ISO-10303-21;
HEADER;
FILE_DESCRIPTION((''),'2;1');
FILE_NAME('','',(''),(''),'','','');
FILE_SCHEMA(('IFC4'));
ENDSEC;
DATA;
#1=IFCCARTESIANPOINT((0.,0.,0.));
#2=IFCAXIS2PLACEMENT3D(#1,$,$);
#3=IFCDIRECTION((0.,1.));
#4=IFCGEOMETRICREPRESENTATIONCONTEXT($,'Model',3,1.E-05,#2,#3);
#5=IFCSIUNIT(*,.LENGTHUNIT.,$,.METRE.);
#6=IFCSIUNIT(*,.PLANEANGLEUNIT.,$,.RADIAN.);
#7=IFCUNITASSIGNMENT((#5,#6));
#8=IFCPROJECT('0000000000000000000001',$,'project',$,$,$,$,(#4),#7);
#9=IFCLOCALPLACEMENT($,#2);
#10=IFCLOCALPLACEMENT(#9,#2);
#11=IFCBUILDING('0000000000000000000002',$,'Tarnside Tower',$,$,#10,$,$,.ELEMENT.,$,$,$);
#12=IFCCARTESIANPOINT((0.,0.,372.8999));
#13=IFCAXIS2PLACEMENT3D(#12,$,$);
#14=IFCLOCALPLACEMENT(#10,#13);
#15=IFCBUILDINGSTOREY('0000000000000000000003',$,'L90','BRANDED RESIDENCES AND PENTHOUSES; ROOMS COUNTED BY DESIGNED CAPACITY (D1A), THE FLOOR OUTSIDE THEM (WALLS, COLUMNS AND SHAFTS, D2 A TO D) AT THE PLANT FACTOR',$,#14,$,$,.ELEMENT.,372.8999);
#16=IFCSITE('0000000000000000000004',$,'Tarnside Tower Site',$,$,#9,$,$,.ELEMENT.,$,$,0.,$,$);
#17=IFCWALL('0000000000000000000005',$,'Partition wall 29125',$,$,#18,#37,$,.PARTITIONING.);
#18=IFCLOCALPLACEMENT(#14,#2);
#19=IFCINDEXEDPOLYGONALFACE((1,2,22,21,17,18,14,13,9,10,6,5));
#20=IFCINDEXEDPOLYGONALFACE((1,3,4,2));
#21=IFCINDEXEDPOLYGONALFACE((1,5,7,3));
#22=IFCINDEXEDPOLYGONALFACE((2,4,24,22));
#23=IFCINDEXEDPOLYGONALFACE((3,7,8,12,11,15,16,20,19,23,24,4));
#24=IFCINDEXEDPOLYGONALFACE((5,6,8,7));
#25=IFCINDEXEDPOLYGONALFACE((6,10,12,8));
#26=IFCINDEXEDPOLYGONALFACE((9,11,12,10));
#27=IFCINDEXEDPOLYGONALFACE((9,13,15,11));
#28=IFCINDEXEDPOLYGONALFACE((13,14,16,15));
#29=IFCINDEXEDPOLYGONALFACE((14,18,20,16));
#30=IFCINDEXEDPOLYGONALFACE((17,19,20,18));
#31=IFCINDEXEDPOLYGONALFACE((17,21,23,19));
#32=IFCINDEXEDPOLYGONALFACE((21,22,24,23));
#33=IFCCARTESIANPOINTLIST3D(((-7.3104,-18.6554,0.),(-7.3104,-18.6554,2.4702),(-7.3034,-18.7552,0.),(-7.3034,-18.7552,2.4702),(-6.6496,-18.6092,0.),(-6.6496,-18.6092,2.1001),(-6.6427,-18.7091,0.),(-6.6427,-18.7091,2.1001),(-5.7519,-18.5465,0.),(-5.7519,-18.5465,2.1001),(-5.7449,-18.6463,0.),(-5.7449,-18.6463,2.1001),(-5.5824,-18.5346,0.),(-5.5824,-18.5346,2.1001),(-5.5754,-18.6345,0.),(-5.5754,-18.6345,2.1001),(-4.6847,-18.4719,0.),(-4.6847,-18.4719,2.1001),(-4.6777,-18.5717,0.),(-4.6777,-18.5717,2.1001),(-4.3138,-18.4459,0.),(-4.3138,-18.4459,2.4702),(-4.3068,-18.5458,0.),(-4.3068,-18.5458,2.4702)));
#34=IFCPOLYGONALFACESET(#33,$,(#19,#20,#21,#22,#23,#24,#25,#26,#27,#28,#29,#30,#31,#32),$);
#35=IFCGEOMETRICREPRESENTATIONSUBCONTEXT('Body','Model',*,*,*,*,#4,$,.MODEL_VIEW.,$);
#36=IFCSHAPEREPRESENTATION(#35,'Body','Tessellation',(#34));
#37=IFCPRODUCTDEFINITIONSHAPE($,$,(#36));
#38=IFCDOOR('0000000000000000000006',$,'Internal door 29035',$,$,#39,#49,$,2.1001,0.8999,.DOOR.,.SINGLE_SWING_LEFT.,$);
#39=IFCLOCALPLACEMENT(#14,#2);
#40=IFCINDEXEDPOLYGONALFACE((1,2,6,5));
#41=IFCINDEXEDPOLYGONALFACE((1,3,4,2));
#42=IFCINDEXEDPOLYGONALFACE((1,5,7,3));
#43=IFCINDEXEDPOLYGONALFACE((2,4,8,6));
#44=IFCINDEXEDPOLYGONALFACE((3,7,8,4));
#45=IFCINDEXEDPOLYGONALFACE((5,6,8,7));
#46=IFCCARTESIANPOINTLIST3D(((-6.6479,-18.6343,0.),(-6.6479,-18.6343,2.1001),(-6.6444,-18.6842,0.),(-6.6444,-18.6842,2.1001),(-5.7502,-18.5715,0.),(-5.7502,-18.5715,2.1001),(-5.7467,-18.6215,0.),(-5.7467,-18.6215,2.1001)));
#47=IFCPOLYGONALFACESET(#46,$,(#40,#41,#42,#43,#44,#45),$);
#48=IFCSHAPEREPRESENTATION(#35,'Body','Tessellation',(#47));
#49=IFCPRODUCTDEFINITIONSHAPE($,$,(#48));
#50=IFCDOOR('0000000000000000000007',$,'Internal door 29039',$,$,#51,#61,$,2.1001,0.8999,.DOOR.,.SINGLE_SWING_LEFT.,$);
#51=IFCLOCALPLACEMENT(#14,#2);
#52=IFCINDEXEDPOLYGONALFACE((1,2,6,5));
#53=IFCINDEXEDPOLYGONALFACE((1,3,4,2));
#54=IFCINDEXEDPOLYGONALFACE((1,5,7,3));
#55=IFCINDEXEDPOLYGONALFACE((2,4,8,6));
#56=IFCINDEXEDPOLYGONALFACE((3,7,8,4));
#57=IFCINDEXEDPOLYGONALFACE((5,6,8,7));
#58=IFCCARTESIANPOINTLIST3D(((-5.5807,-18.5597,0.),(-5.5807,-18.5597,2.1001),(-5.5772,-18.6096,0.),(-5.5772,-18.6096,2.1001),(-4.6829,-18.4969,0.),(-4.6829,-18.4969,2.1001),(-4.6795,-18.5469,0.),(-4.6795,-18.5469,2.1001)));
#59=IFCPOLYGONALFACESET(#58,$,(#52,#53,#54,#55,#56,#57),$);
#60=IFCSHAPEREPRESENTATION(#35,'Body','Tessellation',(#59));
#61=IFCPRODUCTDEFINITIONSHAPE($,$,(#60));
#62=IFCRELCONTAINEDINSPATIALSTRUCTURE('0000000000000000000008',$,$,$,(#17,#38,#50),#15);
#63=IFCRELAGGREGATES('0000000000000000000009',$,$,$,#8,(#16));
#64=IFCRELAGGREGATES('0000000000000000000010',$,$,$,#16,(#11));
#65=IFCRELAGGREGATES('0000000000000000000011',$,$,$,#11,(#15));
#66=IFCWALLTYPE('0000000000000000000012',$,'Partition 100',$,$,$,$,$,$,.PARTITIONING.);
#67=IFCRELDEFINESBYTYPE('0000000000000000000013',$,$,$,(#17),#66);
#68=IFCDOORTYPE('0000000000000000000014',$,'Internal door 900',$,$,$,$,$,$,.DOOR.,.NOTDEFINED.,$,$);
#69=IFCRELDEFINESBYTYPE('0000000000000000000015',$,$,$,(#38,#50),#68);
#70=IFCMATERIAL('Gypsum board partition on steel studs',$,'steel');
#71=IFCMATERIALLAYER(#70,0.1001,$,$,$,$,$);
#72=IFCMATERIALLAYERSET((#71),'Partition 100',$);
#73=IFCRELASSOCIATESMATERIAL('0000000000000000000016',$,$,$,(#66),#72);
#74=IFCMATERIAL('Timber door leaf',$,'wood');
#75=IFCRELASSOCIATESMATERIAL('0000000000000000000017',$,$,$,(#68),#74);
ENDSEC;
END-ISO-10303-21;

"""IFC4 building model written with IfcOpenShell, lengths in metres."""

from ifc_helpers import new_model, si_unit, direction, frame, frame_2d, origin, place, context, subcontext, project, spatial, rectangle, extrude, material, layer, layer_set, type_object, element, fill, save


model = new_model("IFC4")

# Units and contexts
model_context = context("Model", 3, precision=1e-05, world=origin(), true_north=direction((0.0, 1.0)))
body_context = subcontext(model_context, "Body", "Model", "MODEL_VIEW")
ifc_project = project(units=[si_unit("LENGTHUNIT", "METRE"), si_unit("PLANEANGLEUNIT", "RADIAN")], contexts=[model_context])

# Site, building, storey
site_placement = place(None, origin())
site = spatial("IfcSite", under=ifc_project, at=site_placement, Name="Tarnside Tower Site", CompositionType="ELEMENT", RefElevation=0.0)
building_placement = place(site_placement, origin())
building = spatial("IfcBuilding", under=site, at=building_placement, Name="Tarnside Tower", CompositionType="ELEMENT")
storey_placement = place(building_placement, frame((0.0, 0.0, 372.8999)))
storey = spatial("IfcBuildingStorey", under=building, at=storey_placement, Name="L90", Description="BRANDED RESIDENCES AND PENTHOUSES; ROOMS COUNTED BY DESIGNED CAPACITY (D1A), THE FLOOR OUTSIDE THEM (WALLS, COLUMNS AND SHAFTS, D2 A TO D) AT THE PLANT FACTOR", CompositionType="ELEMENT", Elevation=372.8999)

# Shared definitions
ifc_material_1 = material(Name="Gypsum board partition on steel studs", Category="steel")

# Shared definitions
ifc_material_2 = material(Name="Timber door leaf", Category="wood")

# Shared definitions
ifc_layer_1 = layer(ifc_material_1, 0.1001)
ifc_layer_set_1 = layer_set([ifc_layer_1], Name="Partition 100")
wall_type_1 = type_object("IfcWallType", Name="Partition 100", PredefinedType="PARTITIONING", material=ifc_layer_set_1)
door_type_1 = type_object("IfcDoorType", Name="Internal door 900", OperationType="NOTDEFINED", PredefinedType="DOOR", material=ifc_material_2)

# Wall, openings, doors
wall_1_placement = place(storey_placement, frame((-7.3069, -18.7053, 0.0), z_axis=(0.0, 0.0, 1.0), x_axis=(0.997566, 0.069734, 0.0)))
wall_1 = element("IfcWall", 1, at=wall_1_placement, inside=storey, type_object=wall_type_1, Name="Partition wall 29125", PredefinedType="PARTITIONING", context=body_context, shape_type="SweptSolid", body=[
    extrude(rectangle(XDim=3.0039, YDim=0.1001, at=frame_2d((1.502, 0.0))), origin(), (0.0, 0.0, 1.0), 2.4702),
])
opening_1_placement = place(wall_1_placement, frame((0.6624, 0.0, 0.0)))
opening_1 = element("IfcOpeningElement", 2, at=opening_1_placement, cuts=wall_1, PredefinedType="OPENING", context=body_context, shape_type="SweptSolid", body=[
    extrude(rectangle(XDim=0.8999, YDim=2.1001, at=frame_2d((0.45, 1.05))), frame((0.0, 0.0601, 0.0), z_axis=(0.0, -1.0, 0.0), x_axis=(1.0, 0.0, 0.0)), (0.0, 0.0, 1.0), 0.1201),
])
opening_2_placement = place(wall_1_placement, frame((1.7322, 0.0, 0.0)))
opening_2 = element("IfcOpeningElement", 3, at=opening_2_placement, cuts=wall_1, PredefinedType="OPENING", context=body_context, shape_type="SweptSolid", body=[
    extrude(rectangle(XDim=0.8999, YDim=2.1001, at=frame_2d((0.45, 1.05))), frame((0.0, 0.0601, 0.0), z_axis=(0.0, -1.0, 0.0), x_axis=(1.0, 0.0, 0.0)), (0.0, 0.0, 1.0), 0.1201),
])
door_1_placement = place(opening_1_placement, origin())
door_1 = element("IfcDoor", 4, at=door_1_placement, inside=storey, type_object=door_type_1, Name="Internal door 29035", OperationType="SINGLE_SWING_LEFT", OverallHeight=2.1001, OverallWidth=0.8999, PredefinedType="DOOR", context=body_context, shape_type="SweptSolid", body=[
    extrude(rectangle(XDim=0.8999, YDim=2.1001, at=frame_2d((0.45, 1.05))), frame((0.0, 0.0249, 0.0), z_axis=(0.0, -1.0, 0.0), x_axis=(1.0, 0.0, 0.0)), (0.0, 0.0, 1.0), 0.05),
])
fill(opening_1, door_1)
door_2_placement = place(opening_2_placement, origin())
door_2 = element("IfcDoor", 5, at=door_2_placement, inside=storey, type_object=door_type_1, Name="Internal door 29039", OperationType="SINGLE_SWING_LEFT", OverallHeight=2.1001, OverallWidth=0.8999, PredefinedType="DOOR", context=body_context, shape_type="SweptSolid", body=[
    extrude(rectangle(XDim=0.8999, YDim=2.1001, at=frame_2d((0.45, 1.05))), frame((0.0, 0.0249, 0.0), z_axis=(0.0, -1.0, 0.0), x_axis=(1.0, 0.0, 0.0)), (0.0, 0.0, 1.0), 0.05),
])
fill(opening_2, door_2)

save(model, "model.ifc")
